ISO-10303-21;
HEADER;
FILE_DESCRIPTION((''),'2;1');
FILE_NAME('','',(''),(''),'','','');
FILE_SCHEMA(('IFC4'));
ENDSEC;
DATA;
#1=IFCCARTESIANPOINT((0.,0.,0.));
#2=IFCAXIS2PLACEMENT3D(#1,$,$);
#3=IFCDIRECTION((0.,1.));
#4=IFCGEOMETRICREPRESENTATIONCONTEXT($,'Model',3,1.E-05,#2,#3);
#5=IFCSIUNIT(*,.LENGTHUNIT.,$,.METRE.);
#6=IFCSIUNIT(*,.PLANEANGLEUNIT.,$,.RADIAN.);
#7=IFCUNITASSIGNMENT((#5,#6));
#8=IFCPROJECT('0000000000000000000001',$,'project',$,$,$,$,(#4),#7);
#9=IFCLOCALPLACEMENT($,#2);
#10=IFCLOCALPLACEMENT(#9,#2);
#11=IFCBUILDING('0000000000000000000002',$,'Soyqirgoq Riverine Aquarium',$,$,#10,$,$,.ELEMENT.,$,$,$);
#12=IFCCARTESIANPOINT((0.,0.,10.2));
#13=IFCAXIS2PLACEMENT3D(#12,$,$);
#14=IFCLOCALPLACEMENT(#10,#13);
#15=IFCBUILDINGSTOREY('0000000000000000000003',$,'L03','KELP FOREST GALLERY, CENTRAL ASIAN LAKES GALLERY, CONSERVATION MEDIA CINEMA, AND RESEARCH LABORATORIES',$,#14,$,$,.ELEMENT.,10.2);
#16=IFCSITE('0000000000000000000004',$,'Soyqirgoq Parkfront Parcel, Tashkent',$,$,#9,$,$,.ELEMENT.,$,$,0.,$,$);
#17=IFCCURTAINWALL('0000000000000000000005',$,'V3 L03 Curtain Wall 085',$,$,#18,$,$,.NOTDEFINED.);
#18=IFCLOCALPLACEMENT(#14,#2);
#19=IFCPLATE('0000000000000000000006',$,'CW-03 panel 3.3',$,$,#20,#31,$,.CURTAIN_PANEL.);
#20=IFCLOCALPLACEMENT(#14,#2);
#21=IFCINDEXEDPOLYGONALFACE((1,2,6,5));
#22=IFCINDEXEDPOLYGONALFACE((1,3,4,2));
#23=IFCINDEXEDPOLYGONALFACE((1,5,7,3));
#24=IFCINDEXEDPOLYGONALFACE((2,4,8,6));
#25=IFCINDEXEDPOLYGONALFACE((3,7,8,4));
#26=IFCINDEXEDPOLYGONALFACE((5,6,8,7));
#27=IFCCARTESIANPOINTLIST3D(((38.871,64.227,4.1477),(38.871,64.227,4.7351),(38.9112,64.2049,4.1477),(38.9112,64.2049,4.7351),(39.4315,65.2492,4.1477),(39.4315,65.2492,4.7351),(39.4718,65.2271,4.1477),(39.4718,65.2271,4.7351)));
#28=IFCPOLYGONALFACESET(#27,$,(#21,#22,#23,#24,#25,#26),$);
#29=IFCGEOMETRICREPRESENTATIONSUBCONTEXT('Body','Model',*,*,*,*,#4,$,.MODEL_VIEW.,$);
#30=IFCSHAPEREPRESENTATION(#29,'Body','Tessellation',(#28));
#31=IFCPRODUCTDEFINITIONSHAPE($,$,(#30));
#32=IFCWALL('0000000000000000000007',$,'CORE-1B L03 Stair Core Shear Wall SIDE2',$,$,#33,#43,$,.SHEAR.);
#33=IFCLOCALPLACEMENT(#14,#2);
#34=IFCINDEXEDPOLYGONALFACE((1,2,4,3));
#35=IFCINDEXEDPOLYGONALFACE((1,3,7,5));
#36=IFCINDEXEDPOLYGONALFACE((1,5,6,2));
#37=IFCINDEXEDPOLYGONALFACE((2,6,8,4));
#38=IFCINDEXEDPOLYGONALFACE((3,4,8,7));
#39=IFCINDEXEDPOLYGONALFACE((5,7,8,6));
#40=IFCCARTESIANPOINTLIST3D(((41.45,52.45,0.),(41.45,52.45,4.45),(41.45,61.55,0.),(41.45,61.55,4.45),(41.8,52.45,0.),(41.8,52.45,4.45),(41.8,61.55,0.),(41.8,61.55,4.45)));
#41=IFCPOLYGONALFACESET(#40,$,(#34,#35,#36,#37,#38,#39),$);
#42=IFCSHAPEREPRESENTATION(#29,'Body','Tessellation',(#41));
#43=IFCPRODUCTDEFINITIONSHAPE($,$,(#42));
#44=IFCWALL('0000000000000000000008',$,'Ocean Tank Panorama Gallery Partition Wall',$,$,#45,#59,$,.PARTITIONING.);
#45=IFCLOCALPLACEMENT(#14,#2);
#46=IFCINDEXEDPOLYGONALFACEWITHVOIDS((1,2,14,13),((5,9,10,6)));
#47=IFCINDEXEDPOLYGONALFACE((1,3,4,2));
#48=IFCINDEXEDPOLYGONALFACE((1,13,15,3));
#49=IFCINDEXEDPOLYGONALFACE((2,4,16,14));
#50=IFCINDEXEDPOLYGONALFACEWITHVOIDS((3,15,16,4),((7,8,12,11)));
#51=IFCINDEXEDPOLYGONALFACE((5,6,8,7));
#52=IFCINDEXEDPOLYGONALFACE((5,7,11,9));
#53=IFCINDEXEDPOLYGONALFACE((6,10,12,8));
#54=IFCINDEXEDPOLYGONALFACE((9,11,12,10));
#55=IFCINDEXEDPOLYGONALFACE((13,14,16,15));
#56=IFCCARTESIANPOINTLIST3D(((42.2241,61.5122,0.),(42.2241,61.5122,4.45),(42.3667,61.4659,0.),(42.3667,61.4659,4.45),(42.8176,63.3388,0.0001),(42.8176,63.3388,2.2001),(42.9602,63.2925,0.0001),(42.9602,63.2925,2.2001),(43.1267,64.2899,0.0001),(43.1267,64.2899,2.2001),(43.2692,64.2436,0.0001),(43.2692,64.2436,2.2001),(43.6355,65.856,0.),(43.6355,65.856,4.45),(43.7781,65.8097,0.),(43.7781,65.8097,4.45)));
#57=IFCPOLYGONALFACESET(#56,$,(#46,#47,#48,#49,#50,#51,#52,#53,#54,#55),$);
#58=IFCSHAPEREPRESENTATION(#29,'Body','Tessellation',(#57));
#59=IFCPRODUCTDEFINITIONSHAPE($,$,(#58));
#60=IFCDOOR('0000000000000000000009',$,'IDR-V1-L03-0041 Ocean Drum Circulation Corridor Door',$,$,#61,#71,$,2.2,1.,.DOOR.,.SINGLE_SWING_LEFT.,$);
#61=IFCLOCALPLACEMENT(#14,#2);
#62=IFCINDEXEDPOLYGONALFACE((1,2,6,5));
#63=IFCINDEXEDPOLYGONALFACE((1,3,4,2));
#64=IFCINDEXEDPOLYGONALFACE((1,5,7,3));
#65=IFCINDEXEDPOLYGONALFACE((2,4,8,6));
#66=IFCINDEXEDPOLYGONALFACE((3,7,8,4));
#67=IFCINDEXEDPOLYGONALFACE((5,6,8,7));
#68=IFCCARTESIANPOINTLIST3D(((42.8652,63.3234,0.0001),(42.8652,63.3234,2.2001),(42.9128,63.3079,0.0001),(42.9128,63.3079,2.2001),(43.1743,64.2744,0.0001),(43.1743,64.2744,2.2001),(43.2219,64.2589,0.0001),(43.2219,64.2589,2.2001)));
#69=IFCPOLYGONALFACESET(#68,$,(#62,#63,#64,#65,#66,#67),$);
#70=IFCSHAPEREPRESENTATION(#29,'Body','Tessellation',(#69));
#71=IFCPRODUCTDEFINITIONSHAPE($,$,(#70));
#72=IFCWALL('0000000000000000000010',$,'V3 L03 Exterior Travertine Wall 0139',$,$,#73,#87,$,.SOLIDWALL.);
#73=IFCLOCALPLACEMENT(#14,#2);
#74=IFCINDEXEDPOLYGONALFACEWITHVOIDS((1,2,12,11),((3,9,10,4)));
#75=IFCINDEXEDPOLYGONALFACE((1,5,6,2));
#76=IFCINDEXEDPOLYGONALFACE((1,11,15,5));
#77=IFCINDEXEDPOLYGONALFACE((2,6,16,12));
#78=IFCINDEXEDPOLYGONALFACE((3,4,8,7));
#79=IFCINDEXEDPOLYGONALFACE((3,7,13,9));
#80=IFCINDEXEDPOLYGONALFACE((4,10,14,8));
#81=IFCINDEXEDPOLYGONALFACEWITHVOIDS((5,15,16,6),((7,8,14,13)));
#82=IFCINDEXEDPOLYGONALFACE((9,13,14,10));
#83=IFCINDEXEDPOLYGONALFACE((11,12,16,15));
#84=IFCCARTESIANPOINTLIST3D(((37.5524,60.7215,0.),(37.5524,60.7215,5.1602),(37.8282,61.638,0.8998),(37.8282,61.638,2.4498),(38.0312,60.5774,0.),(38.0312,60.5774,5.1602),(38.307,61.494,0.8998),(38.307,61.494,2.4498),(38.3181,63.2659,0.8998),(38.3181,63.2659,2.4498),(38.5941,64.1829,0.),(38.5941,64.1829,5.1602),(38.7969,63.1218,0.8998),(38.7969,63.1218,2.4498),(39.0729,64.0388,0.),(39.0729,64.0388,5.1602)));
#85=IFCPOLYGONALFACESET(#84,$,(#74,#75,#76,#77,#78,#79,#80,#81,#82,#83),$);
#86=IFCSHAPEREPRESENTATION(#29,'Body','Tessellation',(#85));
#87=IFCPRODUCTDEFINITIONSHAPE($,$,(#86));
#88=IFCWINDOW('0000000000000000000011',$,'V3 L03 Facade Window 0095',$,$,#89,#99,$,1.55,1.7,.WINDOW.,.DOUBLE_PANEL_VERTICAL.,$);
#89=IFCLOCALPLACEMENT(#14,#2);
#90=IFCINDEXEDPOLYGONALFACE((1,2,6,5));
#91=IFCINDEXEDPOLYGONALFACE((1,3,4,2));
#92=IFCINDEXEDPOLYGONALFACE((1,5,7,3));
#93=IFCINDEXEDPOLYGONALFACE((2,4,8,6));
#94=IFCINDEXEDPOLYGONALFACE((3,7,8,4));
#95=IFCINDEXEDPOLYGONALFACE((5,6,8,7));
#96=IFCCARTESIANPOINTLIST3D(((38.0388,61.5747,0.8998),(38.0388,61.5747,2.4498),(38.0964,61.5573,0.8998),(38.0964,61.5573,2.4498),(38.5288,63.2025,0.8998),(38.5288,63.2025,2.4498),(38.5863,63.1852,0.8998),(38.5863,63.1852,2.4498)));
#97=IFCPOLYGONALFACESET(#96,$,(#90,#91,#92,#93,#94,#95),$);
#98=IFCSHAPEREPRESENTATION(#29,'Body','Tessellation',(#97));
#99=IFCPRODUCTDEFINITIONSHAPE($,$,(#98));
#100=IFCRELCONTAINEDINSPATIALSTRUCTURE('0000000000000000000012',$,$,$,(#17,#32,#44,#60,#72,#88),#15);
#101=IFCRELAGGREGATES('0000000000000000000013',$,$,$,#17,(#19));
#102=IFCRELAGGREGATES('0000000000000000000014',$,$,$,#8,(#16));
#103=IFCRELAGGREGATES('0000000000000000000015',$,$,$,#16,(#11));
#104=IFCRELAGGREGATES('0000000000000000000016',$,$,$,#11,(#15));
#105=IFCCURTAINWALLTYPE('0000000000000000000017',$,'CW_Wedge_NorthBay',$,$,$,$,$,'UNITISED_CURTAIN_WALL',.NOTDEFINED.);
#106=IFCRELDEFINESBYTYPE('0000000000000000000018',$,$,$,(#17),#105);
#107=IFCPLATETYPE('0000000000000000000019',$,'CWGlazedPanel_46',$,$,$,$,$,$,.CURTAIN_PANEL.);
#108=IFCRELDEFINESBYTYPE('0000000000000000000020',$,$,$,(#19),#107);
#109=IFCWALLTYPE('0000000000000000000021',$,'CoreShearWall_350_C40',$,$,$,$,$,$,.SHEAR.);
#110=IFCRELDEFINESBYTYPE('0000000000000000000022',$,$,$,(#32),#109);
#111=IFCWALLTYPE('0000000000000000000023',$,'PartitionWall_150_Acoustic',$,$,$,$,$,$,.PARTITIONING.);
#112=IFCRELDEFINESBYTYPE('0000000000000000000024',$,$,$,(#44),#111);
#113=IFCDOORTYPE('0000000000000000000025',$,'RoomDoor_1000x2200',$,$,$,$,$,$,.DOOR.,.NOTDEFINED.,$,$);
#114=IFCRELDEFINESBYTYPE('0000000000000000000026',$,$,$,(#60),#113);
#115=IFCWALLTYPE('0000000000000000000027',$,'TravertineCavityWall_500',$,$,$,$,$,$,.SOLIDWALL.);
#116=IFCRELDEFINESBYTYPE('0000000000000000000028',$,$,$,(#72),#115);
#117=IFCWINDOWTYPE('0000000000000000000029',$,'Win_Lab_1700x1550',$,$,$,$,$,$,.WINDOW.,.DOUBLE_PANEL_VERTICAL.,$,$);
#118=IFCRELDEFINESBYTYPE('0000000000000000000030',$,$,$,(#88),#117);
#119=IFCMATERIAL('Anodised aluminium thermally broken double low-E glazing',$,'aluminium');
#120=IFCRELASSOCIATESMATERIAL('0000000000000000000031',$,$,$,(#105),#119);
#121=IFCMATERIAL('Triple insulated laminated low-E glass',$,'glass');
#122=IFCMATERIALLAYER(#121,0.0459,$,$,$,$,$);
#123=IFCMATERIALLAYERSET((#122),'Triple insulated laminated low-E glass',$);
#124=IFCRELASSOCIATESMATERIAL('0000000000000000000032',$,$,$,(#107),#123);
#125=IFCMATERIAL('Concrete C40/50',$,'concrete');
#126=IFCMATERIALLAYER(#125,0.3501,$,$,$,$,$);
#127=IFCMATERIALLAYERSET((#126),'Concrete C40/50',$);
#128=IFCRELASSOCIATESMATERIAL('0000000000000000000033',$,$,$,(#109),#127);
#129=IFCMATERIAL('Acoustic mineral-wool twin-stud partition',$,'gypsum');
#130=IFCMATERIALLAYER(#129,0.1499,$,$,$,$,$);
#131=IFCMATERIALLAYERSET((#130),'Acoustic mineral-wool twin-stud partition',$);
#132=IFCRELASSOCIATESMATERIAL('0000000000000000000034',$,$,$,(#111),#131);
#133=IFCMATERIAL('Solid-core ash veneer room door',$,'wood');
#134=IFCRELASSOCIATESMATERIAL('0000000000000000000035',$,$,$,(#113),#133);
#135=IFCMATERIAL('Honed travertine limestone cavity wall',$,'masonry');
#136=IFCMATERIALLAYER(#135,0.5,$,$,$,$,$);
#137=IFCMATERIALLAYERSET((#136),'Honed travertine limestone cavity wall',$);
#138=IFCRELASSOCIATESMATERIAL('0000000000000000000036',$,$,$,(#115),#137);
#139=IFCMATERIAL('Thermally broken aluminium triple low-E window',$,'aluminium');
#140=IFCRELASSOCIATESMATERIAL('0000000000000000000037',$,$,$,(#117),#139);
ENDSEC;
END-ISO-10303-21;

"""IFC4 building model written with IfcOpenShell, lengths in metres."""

from ifc_helpers import new_model, si_unit, direction, frame, frame_2d, origin, origin_2d, place, context, subcontext, project, spatial, rectangle, extrude, material, layer, layer_set, type_object, element, fill, aggregate, save


model = new_model("IFC4")

# Units and contexts
model_context = context("Model", 3, precision=1e-05, world=origin(), true_north=direction((0.0, 1.0)))
body_context = subcontext(model_context, "Body", "Model", "MODEL_VIEW")
ifc_project = project(units=[si_unit("LENGTHUNIT", "METRE"), si_unit("PLANEANGLEUNIT", "RADIAN")], contexts=[model_context])

# Site, building, storey
site_placement = place(None, origin())
site = spatial("IfcSite", under=ifc_project, at=site_placement, Name="Soyqirgoq Parkfront Parcel, Tashkent", CompositionType="ELEMENT", RefElevation=0.0)
building_placement = place(site_placement, origin())
building = spatial("IfcBuilding", under=site, at=building_placement, Name="Soyqirgoq Riverine Aquarium", CompositionType="ELEMENT")
storey_placement = place(building_placement, frame((0.0, 0.0, 10.2)))
storey = spatial("IfcBuildingStorey", under=building, at=storey_placement, Name="L03", Description="KELP FOREST GALLERY, CENTRAL ASIAN LAKES GALLERY, CONSERVATION MEDIA CINEMA, AND RESEARCH LABORATORIES", CompositionType="ELEMENT", Elevation=10.2)

# Curtain wall
ifc_material_1 = material(Name="Anodised aluminium thermally broken double low-E glazing", Category="aluminium")
curtain_wall_type_1 = type_object("IfcCurtainWallType", Name="CW_Wedge_NorthBay", ElementType="UNITISED_CURTAIN_WALL", PredefinedType="NOTDEFINED", material=ifc_material_1)
curtain_wall_1_placement = place(storey_placement, origin())
curtain_wall_1 = element("IfcCurtainWall", 1, at=curtain_wall_1_placement, inside=storey, type_object=curtain_wall_type_1, Name="V3 L03 Curtain Wall 085", PredefinedType="NOTDEFINED")

# Plate
ifc_material_2 = material(Name="Triple insulated laminated low-E glass", Category="glass")
ifc_layer_1 = layer(ifc_material_2, 0.0459)
ifc_layer_set_1 = layer_set([ifc_layer_1], Name="Triple insulated laminated low-E glass")
plate_type = type_object("IfcPlateType", Name="CWGlazedPanel_46", PredefinedType="CURTAIN_PANEL", material=ifc_layer_set_1)
plate_1_placement = place(storey_placement, frame((39.1714, 64.7271, 4.1477), z_axis=(0.0, 0.0, 1.0), x_axis=(-0.480835, -0.876811, 0.0)))
plate_1 = element("IfcPlate", 2, at=plate_1_placement, type_object=plate_type, Name="CW-03 panel 3.3", PredefinedType="CURTAIN_PANEL", context=body_context, shape_type="SweptSolid", body=[
    extrude(rectangle(XDim=1.1658, YDim=0.0459, at=origin_2d()), origin(), (0.0, 0.0, 1.0), 0.5874),
])
aggregate(curtain_wall_1, [plate_1])

# Wall
ifc_material_3 = material(Name="Concrete C40/50", Category="concrete")
ifc_layer_2 = layer(ifc_material_3, 0.3501)
ifc_layer_set_2 = layer_set([ifc_layer_2], Name="Concrete C40/50")
wall_type_1 = type_object("IfcWallType", Name="CoreShearWall_350_C40", PredefinedType="SHEAR", material=ifc_layer_set_2)
wall_1_placement = place(storey_placement, frame((41.625, 61.55, 0.0), z_axis=(0.0, 0.0, 1.0), x_axis=(0.0, -1.0, 0.0)))
element("IfcWall", 3, at=wall_1_placement, inside=storey, type_object=wall_type_1, Name="CORE-1B L03 Stair Core Shear Wall SIDE2", PredefinedType="SHEAR", context=body_context, shape_type="SweptSolid", body=[
    extrude(rectangle(XDim=9.1001, YDim=0.3501, at=frame_2d((4.55, 0.0))), origin(), (0.0, 0.0, 1.0), 4.45),
])

# Wall, opening, door
ifc_material_4 = material(Name="Acoustic mineral-wool twin-stud partition", Category="gypsum")
ifc_layer_3 = layer(ifc_material_4, 0.1499)
ifc_layer_set_3 = layer_set([ifc_layer_3], Name="Acoustic mineral-wool twin-stud partition")
wall_type_2 = type_object("IfcWallType", Name="PartitionWall_150_Acoustic", PredefinedType="PARTITIONING", material=ifc_layer_set_3)
wall_2_placement = place(storey_placement, frame((42.2954, 61.489, 0.0), z_axis=(0.0, 0.0, 1.0), x_axis=(0.309018, 0.951056, 0.0)))
wall_2 = element("IfcWall", 4, at=wall_2_placement, inside=storey, type_object=wall_type_2, Name="Ocean Tank Panorama Gallery Partition Wall", PredefinedType="PARTITIONING", context=body_context, shape_type="SweptSolid", body=[
    extrude(rectangle(XDim=4.5674, YDim=0.1499, at=frame_2d((2.2837, 0.0))), origin(), (0.0, 0.0, 1.0), 4.45),
])
opening_1_placement = place(wall_2_placement, frame((1.9207, 0.0, 0.0)))
opening_1 = element("IfcOpeningElement", 5, at=opening_1_placement, cuts=wall_2, PredefinedType="OPENING", context=body_context, shape_type="SweptSolid", body=[
    extrude(rectangle(XDim=1.0, YDim=2.2, at=frame_2d((0.5, 1.1001))), frame((0.0, 0.085, 0.0), z_axis=(0.0, -1.0, 0.0), x_axis=(1.0, 0.0, 0.0)), (0.0, 0.0, 1.0), 0.1699),
])
ifc_material_5 = material(Name="Solid-core ash veneer room door", Category="wood")
door_type = type_object("IfcDoorType", Name="RoomDoor_1000x2200", OperationType="NOTDEFINED", PredefinedType="DOOR", material=ifc_material_5)
door_placement = place(opening_1_placement, origin())
door = element("IfcDoor", 6, at=door_placement, inside=storey, type_object=door_type, Name="IDR-V1-L03-0041 Ocean Drum Circulation Corridor Door", OperationType="SINGLE_SWING_LEFT", OverallHeight=2.2, OverallWidth=1.0, PredefinedType="DOOR", context=body_context, shape_type="SweptSolid", body=[
    extrude(rectangle(XDim=1.0, YDim=2.2, at=frame_2d((0.5, 1.1001))), frame((0.0, 0.0249, 0.0), z_axis=(0.0, -1.0, 0.0), x_axis=(1.0, 0.0, 0.0)), (0.0, 0.0, 1.0), 0.05),
])
fill(opening_1, door)

# Wall, opening, window
ifc_material_6 = material(Name="Honed travertine limestone cavity wall", Category="masonry")
ifc_layer_4 = layer(ifc_material_6, 0.5)
ifc_layer_set_4 = layer_set([ifc_layer_4], Name="Honed travertine limestone cavity wall")
wall_type_3 = type_object("IfcWallType", Name="TravertineCavityWall_500", PredefinedType="SOLIDWALL", material=ifc_layer_set_4)
wall_3_placement = place(storey_placement, frame((38.8335, 64.1108, 0.0), z_axis=(0.0, 0.0, 1.0), x_axis=(-0.28819, -0.957573, 0.0)))
wall_3 = element("IfcWall", 7, at=wall_3_placement, inside=storey, type_object=wall_type_3, Name="V3 L03 Exterior Travertine Wall 0139", PredefinedType="SOLIDWALL", context=body_context, shape_type="SweptSolid", body=[
    extrude(rectangle(XDim=3.6147, YDim=0.5, at=frame_2d((1.8074, 0.0))), origin(), (0.0, 0.0, 1.0), 5.1602),
])
opening_2_placement = place(wall_3_placement, frame((0.9575, 0.0, 0.8999)))
opening_2 = element("IfcOpeningElement", 8, at=opening_2_placement, cuts=wall_3, PredefinedType="OPENING", context=body_context, shape_type="SweptSolid", body=[
    extrude(rectangle(XDim=1.7, YDim=1.55, at=frame_2d((0.8501, 0.7749))), frame((0.0, 0.26, 0.0), z_axis=(0.0, -1.0, 0.0), x_axis=(1.0, 0.0, 0.0)), (0.0, 0.0, 1.0), 0.52),
])
ifc_material_7 = material(Name="Thermally broken aluminium triple low-E window", Category="aluminium")
window_type = type_object("IfcWindowType", Name="Win_Lab_1700x1550", PartitioningType="DOUBLE_PANEL_VERTICAL", PredefinedType="WINDOW", material=ifc_material_7)
window_placement = place(opening_2_placement, origin())
window = element("IfcWindow", 9, at=window_placement, inside=storey, type_object=window_type, Name="V3 L03 Facade Window 0095", OverallHeight=1.55, OverallWidth=1.7, PartitioningType="DOUBLE_PANEL_VERTICAL", PredefinedType="WINDOW", context=body_context, shape_type="SweptSolid", body=[
    extrude(rectangle(XDim=1.7, YDim=1.55, at=frame_2d((0.8501, 0.7749))), frame((0.0, 0.03, 0.0), z_axis=(0.0, -1.0, 0.0), x_axis=(1.0, 0.0, 0.0)), (0.0, 0.0, 1.0), 0.0601),
])
fill(opening_2, window)

save(model, "model.ifc")
